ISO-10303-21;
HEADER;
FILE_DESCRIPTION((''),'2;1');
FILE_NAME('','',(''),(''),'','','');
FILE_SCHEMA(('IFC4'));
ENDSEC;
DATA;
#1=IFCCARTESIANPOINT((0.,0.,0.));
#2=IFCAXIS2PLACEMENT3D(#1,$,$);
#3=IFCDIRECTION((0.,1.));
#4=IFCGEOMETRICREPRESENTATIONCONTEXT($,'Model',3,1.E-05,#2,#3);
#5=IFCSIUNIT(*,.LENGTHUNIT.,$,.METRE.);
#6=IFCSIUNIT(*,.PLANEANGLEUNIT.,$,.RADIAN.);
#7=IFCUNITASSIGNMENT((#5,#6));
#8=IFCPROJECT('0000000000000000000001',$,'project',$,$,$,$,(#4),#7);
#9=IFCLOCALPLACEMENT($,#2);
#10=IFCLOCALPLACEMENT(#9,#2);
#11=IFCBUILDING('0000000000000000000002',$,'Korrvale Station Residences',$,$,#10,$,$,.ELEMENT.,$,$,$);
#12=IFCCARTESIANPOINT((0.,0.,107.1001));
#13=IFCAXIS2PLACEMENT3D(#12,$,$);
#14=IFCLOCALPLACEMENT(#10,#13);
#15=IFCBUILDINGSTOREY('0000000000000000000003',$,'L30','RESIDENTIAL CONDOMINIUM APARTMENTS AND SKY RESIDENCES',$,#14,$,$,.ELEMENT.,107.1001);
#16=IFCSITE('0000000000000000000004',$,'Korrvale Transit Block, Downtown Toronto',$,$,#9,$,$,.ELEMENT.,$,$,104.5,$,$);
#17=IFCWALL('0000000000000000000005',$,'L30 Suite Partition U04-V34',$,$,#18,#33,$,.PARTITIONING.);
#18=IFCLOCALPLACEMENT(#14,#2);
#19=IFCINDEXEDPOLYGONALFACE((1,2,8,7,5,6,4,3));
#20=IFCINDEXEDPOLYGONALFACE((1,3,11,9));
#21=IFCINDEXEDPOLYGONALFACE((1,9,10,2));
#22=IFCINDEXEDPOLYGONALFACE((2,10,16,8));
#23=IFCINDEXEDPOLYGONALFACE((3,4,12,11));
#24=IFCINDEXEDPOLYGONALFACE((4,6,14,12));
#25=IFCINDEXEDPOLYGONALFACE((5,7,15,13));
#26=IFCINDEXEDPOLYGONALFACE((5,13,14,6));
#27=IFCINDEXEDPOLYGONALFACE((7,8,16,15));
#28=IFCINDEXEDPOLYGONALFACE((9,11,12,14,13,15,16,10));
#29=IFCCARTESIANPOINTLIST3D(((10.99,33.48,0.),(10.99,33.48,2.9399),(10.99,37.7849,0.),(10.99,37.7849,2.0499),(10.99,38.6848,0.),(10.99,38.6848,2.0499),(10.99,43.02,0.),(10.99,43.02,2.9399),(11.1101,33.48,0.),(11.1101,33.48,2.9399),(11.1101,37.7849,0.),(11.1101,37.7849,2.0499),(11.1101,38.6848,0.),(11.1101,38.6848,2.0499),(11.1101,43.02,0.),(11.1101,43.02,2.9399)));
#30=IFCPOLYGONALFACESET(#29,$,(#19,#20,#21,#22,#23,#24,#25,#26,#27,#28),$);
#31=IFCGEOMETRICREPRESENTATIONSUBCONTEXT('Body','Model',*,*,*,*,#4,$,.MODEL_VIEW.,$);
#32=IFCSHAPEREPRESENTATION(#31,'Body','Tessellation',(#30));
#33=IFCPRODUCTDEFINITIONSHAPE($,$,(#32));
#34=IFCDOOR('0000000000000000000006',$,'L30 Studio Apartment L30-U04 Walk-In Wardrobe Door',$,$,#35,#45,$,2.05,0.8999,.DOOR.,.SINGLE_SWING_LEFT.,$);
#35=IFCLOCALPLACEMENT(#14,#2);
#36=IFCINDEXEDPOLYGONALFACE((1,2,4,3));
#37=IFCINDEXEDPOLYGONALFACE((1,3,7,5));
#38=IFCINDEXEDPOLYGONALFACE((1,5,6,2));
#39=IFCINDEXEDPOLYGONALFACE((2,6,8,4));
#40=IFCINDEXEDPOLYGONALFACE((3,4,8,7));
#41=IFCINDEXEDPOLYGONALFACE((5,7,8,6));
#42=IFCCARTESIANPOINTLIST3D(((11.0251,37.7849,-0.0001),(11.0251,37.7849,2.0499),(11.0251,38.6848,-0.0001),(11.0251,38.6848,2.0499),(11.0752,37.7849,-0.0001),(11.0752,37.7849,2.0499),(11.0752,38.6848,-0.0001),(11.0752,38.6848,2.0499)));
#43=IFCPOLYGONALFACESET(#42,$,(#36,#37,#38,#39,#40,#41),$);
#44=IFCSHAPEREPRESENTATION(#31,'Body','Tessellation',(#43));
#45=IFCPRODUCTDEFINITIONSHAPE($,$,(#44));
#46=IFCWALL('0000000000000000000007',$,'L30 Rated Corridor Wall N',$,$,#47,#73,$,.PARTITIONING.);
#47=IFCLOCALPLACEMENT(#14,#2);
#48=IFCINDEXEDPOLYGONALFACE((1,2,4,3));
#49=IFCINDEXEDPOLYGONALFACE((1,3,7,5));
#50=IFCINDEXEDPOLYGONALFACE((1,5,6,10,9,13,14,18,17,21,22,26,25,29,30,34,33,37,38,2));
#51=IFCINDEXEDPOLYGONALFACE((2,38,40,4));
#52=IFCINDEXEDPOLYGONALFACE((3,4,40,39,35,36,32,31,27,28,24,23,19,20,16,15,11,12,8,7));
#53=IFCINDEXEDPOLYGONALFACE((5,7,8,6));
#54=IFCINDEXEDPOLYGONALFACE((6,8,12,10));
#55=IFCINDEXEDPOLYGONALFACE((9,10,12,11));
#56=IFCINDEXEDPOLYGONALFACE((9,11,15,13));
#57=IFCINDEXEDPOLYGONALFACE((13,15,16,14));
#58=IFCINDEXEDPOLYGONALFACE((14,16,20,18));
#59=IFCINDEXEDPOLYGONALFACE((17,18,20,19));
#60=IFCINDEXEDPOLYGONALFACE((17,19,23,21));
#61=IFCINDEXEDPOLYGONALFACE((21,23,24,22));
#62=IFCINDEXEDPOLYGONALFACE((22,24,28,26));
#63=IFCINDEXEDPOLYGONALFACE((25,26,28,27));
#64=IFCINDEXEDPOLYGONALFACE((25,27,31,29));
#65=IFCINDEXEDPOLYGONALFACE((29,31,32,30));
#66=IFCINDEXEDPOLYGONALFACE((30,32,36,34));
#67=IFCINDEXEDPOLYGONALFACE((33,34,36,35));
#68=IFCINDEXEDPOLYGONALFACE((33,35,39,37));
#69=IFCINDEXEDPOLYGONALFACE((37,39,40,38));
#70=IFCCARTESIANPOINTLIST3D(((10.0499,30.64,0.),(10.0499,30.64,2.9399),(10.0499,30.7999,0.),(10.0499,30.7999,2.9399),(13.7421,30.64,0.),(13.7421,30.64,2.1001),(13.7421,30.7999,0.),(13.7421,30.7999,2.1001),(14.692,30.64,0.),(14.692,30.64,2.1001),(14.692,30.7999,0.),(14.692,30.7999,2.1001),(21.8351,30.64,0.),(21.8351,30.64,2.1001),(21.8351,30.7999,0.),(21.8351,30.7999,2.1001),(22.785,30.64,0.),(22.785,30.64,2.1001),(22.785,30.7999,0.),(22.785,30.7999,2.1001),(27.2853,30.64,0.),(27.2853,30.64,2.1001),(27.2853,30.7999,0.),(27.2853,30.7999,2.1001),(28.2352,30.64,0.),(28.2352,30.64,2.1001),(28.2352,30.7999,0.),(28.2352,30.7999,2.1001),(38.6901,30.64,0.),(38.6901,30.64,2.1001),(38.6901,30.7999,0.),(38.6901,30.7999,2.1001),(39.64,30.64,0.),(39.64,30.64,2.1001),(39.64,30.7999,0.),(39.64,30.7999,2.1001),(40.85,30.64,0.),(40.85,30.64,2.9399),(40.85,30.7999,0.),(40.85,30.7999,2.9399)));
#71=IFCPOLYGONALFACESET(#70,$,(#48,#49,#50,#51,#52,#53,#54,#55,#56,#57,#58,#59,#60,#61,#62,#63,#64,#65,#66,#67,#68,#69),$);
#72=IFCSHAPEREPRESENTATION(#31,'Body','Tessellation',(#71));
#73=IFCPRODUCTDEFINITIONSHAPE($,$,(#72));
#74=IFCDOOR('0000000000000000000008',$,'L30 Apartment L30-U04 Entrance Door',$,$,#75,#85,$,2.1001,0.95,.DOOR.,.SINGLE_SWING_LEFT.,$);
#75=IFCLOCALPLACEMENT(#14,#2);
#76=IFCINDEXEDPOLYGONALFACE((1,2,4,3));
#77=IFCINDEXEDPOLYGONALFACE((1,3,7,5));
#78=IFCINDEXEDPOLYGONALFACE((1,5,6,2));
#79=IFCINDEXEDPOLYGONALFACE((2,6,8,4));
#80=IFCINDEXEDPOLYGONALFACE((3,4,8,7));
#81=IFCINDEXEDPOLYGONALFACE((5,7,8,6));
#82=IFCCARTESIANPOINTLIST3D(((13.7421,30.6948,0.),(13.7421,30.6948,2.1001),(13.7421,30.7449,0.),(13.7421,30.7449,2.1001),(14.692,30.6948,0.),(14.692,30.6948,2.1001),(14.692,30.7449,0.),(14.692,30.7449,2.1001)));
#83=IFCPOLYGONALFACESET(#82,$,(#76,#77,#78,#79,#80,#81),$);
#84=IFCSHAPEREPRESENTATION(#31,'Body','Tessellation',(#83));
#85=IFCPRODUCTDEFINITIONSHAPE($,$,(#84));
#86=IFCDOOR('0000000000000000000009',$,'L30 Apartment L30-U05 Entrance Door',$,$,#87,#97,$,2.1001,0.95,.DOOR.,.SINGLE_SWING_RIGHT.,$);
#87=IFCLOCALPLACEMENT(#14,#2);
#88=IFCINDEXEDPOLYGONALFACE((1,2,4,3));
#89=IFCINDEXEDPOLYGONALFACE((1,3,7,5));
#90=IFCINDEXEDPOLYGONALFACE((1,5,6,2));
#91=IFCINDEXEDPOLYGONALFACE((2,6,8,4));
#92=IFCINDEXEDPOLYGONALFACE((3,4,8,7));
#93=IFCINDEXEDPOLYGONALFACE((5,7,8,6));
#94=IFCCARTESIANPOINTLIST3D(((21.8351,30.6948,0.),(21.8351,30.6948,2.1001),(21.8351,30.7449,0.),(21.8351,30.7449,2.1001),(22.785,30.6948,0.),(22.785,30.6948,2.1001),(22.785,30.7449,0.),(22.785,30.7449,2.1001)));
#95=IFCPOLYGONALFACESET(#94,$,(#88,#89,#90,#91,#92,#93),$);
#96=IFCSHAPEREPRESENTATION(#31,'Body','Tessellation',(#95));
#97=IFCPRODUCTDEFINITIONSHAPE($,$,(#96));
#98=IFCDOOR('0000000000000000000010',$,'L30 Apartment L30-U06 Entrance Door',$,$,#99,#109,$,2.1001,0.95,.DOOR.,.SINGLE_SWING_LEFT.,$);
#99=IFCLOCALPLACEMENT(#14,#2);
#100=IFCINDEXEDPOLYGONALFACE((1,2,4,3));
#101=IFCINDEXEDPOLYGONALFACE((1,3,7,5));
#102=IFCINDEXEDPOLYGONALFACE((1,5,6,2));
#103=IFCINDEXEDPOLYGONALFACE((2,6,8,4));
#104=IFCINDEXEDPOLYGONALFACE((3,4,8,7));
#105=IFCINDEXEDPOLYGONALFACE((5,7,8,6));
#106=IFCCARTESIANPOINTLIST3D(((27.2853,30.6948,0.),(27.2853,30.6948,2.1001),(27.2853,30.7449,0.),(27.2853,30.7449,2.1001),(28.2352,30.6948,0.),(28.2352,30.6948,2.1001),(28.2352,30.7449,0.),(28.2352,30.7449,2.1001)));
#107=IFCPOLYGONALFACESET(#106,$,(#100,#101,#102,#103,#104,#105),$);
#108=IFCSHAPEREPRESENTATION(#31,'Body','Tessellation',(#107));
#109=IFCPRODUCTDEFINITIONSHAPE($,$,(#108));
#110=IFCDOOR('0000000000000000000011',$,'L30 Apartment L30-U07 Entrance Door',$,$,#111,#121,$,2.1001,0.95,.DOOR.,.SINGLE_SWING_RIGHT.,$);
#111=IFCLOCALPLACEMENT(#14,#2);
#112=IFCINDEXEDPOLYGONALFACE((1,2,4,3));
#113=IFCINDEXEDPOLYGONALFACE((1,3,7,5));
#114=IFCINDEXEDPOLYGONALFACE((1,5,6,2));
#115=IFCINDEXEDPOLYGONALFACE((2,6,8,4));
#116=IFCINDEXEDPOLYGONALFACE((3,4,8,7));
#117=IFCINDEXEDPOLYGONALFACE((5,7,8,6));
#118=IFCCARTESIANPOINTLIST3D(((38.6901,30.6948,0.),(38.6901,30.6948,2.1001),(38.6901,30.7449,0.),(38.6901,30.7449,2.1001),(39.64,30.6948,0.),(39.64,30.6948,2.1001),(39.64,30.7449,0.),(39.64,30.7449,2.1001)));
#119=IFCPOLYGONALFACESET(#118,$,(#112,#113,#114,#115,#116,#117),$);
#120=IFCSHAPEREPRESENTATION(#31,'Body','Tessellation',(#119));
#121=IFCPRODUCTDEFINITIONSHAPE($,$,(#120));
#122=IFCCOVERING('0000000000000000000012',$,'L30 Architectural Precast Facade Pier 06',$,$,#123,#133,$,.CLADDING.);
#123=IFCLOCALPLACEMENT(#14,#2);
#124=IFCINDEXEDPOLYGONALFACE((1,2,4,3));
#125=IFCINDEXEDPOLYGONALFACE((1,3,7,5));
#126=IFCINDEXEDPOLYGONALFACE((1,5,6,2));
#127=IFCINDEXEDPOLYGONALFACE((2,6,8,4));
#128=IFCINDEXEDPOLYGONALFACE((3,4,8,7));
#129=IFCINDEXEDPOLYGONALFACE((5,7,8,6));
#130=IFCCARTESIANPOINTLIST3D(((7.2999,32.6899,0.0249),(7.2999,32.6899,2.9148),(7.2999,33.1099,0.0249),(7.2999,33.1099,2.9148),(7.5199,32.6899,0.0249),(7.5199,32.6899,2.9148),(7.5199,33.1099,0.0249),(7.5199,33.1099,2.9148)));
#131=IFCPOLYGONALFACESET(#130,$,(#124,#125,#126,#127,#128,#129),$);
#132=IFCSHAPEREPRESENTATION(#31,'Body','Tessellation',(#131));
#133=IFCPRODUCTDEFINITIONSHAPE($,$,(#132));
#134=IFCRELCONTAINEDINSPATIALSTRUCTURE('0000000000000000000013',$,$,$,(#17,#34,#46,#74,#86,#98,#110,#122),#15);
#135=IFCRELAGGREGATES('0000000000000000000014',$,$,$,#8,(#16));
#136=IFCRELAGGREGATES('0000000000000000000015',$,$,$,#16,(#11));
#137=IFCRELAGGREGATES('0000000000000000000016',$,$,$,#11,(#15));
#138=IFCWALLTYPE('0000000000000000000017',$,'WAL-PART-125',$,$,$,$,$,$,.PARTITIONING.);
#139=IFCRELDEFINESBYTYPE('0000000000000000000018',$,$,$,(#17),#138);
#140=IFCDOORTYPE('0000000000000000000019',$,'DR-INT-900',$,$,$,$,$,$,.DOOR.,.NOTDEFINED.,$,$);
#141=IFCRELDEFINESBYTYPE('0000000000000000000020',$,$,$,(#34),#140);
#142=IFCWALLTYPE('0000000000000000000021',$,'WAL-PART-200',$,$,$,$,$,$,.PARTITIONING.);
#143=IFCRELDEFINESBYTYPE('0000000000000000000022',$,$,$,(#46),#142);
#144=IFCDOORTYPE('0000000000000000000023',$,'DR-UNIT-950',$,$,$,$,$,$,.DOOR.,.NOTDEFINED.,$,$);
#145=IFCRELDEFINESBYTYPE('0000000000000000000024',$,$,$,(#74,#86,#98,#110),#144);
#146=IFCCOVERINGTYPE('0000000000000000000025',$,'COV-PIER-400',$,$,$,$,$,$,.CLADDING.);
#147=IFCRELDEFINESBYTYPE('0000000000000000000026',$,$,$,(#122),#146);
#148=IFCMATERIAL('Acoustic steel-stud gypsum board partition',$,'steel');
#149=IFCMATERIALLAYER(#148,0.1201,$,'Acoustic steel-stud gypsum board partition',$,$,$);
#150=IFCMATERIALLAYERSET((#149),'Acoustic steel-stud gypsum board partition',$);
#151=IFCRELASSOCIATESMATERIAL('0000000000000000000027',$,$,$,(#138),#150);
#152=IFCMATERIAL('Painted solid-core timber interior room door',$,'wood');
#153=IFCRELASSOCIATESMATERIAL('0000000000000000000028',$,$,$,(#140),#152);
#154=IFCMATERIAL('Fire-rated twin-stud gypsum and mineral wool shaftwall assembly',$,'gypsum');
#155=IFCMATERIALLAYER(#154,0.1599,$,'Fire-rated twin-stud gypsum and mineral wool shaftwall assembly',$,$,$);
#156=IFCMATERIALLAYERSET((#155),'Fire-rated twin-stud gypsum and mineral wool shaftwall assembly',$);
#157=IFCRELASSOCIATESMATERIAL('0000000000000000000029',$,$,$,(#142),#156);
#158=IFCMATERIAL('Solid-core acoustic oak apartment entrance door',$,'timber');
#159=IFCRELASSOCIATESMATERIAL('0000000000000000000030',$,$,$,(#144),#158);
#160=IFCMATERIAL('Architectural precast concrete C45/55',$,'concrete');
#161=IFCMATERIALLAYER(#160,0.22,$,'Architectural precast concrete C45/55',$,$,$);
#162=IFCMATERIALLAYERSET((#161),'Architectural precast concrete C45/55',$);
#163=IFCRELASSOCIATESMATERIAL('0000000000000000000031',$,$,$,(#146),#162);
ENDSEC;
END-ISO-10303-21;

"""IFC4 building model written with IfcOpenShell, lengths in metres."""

from ifc_helpers import new_model, si_unit, direction, frame, frame_2d, origin, origin_2d, place, context, subcontext, project, spatial, rectangle, extrude, material, layer, layer_set, type_object, element, fill, save


model = new_model("IFC4")

# Units and contexts
model_context = context("Model", 3, precision=1e-05, world=origin(), true_north=direction((0.0, 1.0)))
body_context = subcontext(model_context, "Body", "Model", "MODEL_VIEW")
ifc_project = project(units=[si_unit("LENGTHUNIT", "METRE"), si_unit("PLANEANGLEUNIT", "RADIAN")], contexts=[model_context])

# Site, building, storey
site_placement = place(None, origin())
site = spatial("IfcSite", under=ifc_project, at=site_placement, Name="Korrvale Transit Block, Downtown Toronto", CompositionType="ELEMENT", RefElevation=104.5)
building_placement = place(site_placement, origin())
building = spatial("IfcBuilding", under=site, at=building_placement, Name="Korrvale Station Residences", CompositionType="ELEMENT")
storey_placement = place(building_placement, frame((0.0, 0.0, 107.1001)))
storey = spatial("IfcBuildingStorey", under=building, at=storey_placement, Name="L30", Description="RESIDENTIAL CONDOMINIUM APARTMENTS AND SKY RESIDENCES", CompositionType="ELEMENT", Elevation=107.1001)

# Shared definitions
ifc_material_1 = material(Name="Acoustic steel-stud gypsum board partition", Category="steel")
ifc_layer_1 = layer(ifc_material_1, 0.1201, Name="Acoustic steel-stud gypsum board partition")
ifc_layer_set_1 = layer_set([ifc_layer_1], Name="Acoustic steel-stud gypsum board partition")
wall_type_1 = type_object("IfcWallType", Name="WAL-PART-125", PredefinedType="PARTITIONING", material=ifc_layer_set_1)

# Wall, opening, door
ifc_material_2 = material(Name="Painted solid-core timber interior room door", Category="wood")
door_type_1 = type_object("IfcDoorType", Name="DR-INT-900", OperationType="NOTDEFINED", PredefinedType="DOOR", material=ifc_material_2)
wall_1_placement = place(storey_placement, frame((11.05, 33.48, 0.0), z_axis=(0.0, 0.0, 1.0), x_axis=(0.0, 1.0, 0.0)))
wall_1 = element("IfcWall", 1, at=wall_1_placement, inside=storey, type_object=wall_type_1, Name="L30 Suite Partition U04-V34", PredefinedType="PARTITIONING", context=body_context, shape_type="SweptSolid", body=[
    extrude(rectangle(XDim=9.54, YDim=0.1201, at=frame_2d((4.77, 0.0))), origin(), (0.0, 0.0, 1.0), 2.9399),
])
opening_1_placement = place(wall_1_placement, frame((4.3049, 0.0, 0.0)))
opening_1 = element("IfcOpeningElement", 2, at=opening_1_placement, cuts=wall_1, PredefinedType="OPENING", context=body_context, shape_type="SweptSolid", body=[
    extrude(rectangle(XDim=0.8999, YDim=2.05, at=frame_2d((0.45, 1.0249))), frame((0.0, 0.0701, 0.0), z_axis=(0.0, -1.0, 0.0), x_axis=(1.0, 0.0, 0.0)), (0.0, 0.0, 1.0), 0.1401),
])
door_1_placement = place(opening_1_placement, origin())
door_1 = element("IfcDoor", 3, at=door_1_placement, inside=storey, type_object=door_type_1, Name="L30 Studio Apartment L30-U04 Walk-In Wardrobe Door", OperationType="SINGLE_SWING_LEFT", OverallHeight=2.05, OverallWidth=0.8999, PredefinedType="DOOR", context=body_context, shape_type="SweptSolid", body=[
    extrude(rectangle(XDim=0.8999, YDim=2.05, at=frame_2d((0.45, 1.0249))), frame((0.0, 0.0249, 0.0), z_axis=(0.0, -1.0, 0.0), x_axis=(1.0, 0.0, 0.0)), (0.0, 0.0, 1.0), 0.05),
])
fill(opening_1, door_1)

# Wall, openings, doors
ifc_material_3 = material(Name="Fire-rated twin-stud gypsum and mineral wool shaftwall assembly", Category="gypsum")
ifc_layer_2 = layer(ifc_material_3, 0.1599, Name="Fire-rated twin-stud gypsum and mineral wool shaftwall assembly")
ifc_layer_set_2 = layer_set([ifc_layer_2], Name="Fire-rated twin-stud gypsum and mineral wool shaftwall assembly")
wall_type_2 = type_object("IfcWallType", Name="WAL-PART-200", PredefinedType="PARTITIONING", material=ifc_layer_set_2)
wall_2_placement = place(storey_placement, frame((10.05, 30.72, 0.0), z_axis=(0.0, 0.0, 1.0), x_axis=(1.0, 0.0, 0.0)))
wall_2 = element("IfcWall", 4, at=wall_2_placement, inside=storey, type_object=wall_type_2, Name="L30 Rated Corridor Wall N", PredefinedType="PARTITIONING", context=body_context, shape_type="SweptSolid", body=[
    extrude(rectangle(XDim=30.8, YDim=0.1599, at=frame_2d((15.3999, 0.0))), origin(), (0.0, 0.0, 1.0), 2.9399),
])
opening_2_placement = place(wall_2_placement, frame((3.6919, 0.0, 0.0)))
opening_2 = element("IfcOpeningElement", 5, at=opening_2_placement, cuts=wall_2, PredefinedType="OPENING", context=body_context, shape_type="SweptSolid", body=[
    extrude(rectangle(XDim=0.95, YDim=2.1001, at=frame_2d((0.4751, 1.05))), frame((0.0, 0.0898, 0.0), z_axis=(0.0, -1.0, 0.0), x_axis=(1.0, 0.0, 0.0)), (0.0, 0.0, 1.0), 0.1799),
])
opening_3_placement = place(wall_2_placement, frame((11.7849, 0.0, 0.0)))
opening_3 = element("IfcOpeningElement", 6, at=opening_3_placement, cuts=wall_2, PredefinedType="OPENING", context=body_context, shape_type="SweptSolid", body=[
    extrude(rectangle(XDim=0.95, YDim=2.1001, at=frame_2d((0.4751, 1.05))), frame((0.0, 0.0898, 0.0), z_axis=(0.0, -1.0, 0.0), x_axis=(1.0, 0.0, 0.0)), (0.0, 0.0, 1.0), 0.1799),
])
opening_4_placement = place(wall_2_placement, frame((17.2351, 0.0, 0.0)))
opening_4 = element("IfcOpeningElement", 7, at=opening_4_placement, cuts=wall_2, PredefinedType="OPENING", context=body_context, shape_type="SweptSolid", body=[
    extrude(rectangle(XDim=0.95, YDim=2.1001, at=frame_2d((0.4751, 1.05))), frame((0.0, 0.0898, 0.0), z_axis=(0.0, -1.0, 0.0), x_axis=(1.0, 0.0, 0.0)), (0.0, 0.0, 1.0), 0.1799),
])
opening_5_placement = place(wall_2_placement, frame((28.6399, 0.0, 0.0)))
opening_5 = element("IfcOpeningElement", 8, at=opening_5_placement, cuts=wall_2, PredefinedType="OPENING", context=body_context, shape_type="SweptSolid", body=[
    extrude(rectangle(XDim=0.95, YDim=2.1001, at=frame_2d((0.4751, 1.05))), frame((0.0, 0.0898, 0.0), z_axis=(0.0, -1.0, 0.0), x_axis=(1.0, 0.0, 0.0)), (0.0, 0.0, 1.0), 0.1799),
])
ifc_material_4 = material(Name="Solid-core acoustic oak apartment entrance door", Category="timber")
door_type_2 = type_object("IfcDoorType", Name="DR-UNIT-950", OperationType="NOTDEFINED", PredefinedType="DOOR", material=ifc_material_4)
door_2_placement = place(opening_2_placement, origin())
door_2 = element("IfcDoor", 9, at=door_2_placement, inside=storey, type_object=door_type_2, Name="L30 Apartment L30-U04 Entrance Door", OperationType="SINGLE_SWING_LEFT", OverallHeight=2.1001, OverallWidth=0.95, PredefinedType="DOOR", context=body_context, shape_type="SweptSolid", body=[
    extrude(rectangle(XDim=0.95, YDim=2.1001, at=frame_2d((0.4751, 1.05))), frame((0.0, 0.0249, 0.0), z_axis=(0.0, -1.0, 0.0), x_axis=(1.0, 0.0, 0.0)), (0.0, 0.0, 1.0), 0.05),
])
fill(opening_2, door_2)
door_3_placement = place(opening_3_placement, origin())
door_3 = element("IfcDoor", 10, at=door_3_placement, inside=storey, type_object=door_type_2, Name="L30 Apartment L30-U05 Entrance Door", OperationType="SINGLE_SWING_RIGHT", OverallHeight=2.1001, OverallWidth=0.95, PredefinedType="DOOR", context=body_context, shape_type="SweptSolid", body=[
    extrude(rectangle(XDim=0.95, YDim=2.1001, at=frame_2d((0.4751, 1.05))), frame((0.0, 0.0249, 0.0), z_axis=(0.0, -1.0, 0.0), x_axis=(1.0, 0.0, 0.0)), (0.0, 0.0, 1.0), 0.05),
])
fill(opening_3, door_3)
door_4_placement = place(opening_4_placement, origin())
door_4 = element("IfcDoor", 11, at=door_4_placement, inside=storey, type_object=door_type_2, Name="L30 Apartment L30-U06 Entrance Door", OperationType="SINGLE_SWING_LEFT", OverallHeight=2.1001, OverallWidth=0.95, PredefinedType="DOOR", context=body_context, shape_type="SweptSolid", body=[
    extrude(rectangle(XDim=0.95, YDim=2.1001, at=frame_2d((0.4751, 1.05))), frame((0.0, 0.0249, 0.0), z_axis=(0.0, -1.0, 0.0), x_axis=(1.0, 0.0, 0.0)), (0.0, 0.0, 1.0), 0.05),
])
fill(opening_4, door_4)
door_5_placement = place(opening_5_placement, origin())
door_5 = element("IfcDoor", 12, at=door_5_placement, inside=storey, type_object=door_type_2, Name="L30 Apartment L30-U07 Entrance Door", OperationType="SINGLE_SWING_RIGHT", OverallHeight=2.1001, OverallWidth=0.95, PredefinedType="DOOR", context=body_context, shape_type="SweptSolid", body=[
    extrude(rectangle(XDim=0.95, YDim=2.1001, at=frame_2d((0.4751, 1.05))), frame((0.0, 0.0249, 0.0), z_axis=(0.0, -1.0, 0.0), x_axis=(1.0, 0.0, 0.0)), (0.0, 0.0, 1.0), 0.05),
])
fill(opening_5, door_5)

# Covering
ifc_material_5 = material(Name="Architectural precast concrete C45/55", Category="concrete")
ifc_layer_3 = layer(ifc_material_5, 0.22, Name="Architectural precast concrete C45/55")
ifc_layer_set_3 = layer_set([ifc_layer_3], Name="Architectural precast concrete C45/55")
covering_type = type_object("IfcCoveringType", Name="COV-PIER-400", PredefinedType="CLADDING", material=ifc_layer_set_3)
covering_placement = place(storey_placement, frame((7.4099, 32.8999, 0.0249), z_axis=(0.0, 0.0, 1.0), x_axis=(0.0, 1.0, 0.0)))
element("IfcCovering", 13, at=covering_placement, inside=storey, type_object=covering_type, Name="L30 Architectural Precast Facade Pier 06", PredefinedType="CLADDING", context=body_context, shape_type="SweptSolid", body=[
    extrude(rectangle(XDim=0.4199, YDim=0.22, at=origin_2d()), origin(), (0.0, 0.0, 1.0), 2.8899),
])

save(model, "model.ifc")
